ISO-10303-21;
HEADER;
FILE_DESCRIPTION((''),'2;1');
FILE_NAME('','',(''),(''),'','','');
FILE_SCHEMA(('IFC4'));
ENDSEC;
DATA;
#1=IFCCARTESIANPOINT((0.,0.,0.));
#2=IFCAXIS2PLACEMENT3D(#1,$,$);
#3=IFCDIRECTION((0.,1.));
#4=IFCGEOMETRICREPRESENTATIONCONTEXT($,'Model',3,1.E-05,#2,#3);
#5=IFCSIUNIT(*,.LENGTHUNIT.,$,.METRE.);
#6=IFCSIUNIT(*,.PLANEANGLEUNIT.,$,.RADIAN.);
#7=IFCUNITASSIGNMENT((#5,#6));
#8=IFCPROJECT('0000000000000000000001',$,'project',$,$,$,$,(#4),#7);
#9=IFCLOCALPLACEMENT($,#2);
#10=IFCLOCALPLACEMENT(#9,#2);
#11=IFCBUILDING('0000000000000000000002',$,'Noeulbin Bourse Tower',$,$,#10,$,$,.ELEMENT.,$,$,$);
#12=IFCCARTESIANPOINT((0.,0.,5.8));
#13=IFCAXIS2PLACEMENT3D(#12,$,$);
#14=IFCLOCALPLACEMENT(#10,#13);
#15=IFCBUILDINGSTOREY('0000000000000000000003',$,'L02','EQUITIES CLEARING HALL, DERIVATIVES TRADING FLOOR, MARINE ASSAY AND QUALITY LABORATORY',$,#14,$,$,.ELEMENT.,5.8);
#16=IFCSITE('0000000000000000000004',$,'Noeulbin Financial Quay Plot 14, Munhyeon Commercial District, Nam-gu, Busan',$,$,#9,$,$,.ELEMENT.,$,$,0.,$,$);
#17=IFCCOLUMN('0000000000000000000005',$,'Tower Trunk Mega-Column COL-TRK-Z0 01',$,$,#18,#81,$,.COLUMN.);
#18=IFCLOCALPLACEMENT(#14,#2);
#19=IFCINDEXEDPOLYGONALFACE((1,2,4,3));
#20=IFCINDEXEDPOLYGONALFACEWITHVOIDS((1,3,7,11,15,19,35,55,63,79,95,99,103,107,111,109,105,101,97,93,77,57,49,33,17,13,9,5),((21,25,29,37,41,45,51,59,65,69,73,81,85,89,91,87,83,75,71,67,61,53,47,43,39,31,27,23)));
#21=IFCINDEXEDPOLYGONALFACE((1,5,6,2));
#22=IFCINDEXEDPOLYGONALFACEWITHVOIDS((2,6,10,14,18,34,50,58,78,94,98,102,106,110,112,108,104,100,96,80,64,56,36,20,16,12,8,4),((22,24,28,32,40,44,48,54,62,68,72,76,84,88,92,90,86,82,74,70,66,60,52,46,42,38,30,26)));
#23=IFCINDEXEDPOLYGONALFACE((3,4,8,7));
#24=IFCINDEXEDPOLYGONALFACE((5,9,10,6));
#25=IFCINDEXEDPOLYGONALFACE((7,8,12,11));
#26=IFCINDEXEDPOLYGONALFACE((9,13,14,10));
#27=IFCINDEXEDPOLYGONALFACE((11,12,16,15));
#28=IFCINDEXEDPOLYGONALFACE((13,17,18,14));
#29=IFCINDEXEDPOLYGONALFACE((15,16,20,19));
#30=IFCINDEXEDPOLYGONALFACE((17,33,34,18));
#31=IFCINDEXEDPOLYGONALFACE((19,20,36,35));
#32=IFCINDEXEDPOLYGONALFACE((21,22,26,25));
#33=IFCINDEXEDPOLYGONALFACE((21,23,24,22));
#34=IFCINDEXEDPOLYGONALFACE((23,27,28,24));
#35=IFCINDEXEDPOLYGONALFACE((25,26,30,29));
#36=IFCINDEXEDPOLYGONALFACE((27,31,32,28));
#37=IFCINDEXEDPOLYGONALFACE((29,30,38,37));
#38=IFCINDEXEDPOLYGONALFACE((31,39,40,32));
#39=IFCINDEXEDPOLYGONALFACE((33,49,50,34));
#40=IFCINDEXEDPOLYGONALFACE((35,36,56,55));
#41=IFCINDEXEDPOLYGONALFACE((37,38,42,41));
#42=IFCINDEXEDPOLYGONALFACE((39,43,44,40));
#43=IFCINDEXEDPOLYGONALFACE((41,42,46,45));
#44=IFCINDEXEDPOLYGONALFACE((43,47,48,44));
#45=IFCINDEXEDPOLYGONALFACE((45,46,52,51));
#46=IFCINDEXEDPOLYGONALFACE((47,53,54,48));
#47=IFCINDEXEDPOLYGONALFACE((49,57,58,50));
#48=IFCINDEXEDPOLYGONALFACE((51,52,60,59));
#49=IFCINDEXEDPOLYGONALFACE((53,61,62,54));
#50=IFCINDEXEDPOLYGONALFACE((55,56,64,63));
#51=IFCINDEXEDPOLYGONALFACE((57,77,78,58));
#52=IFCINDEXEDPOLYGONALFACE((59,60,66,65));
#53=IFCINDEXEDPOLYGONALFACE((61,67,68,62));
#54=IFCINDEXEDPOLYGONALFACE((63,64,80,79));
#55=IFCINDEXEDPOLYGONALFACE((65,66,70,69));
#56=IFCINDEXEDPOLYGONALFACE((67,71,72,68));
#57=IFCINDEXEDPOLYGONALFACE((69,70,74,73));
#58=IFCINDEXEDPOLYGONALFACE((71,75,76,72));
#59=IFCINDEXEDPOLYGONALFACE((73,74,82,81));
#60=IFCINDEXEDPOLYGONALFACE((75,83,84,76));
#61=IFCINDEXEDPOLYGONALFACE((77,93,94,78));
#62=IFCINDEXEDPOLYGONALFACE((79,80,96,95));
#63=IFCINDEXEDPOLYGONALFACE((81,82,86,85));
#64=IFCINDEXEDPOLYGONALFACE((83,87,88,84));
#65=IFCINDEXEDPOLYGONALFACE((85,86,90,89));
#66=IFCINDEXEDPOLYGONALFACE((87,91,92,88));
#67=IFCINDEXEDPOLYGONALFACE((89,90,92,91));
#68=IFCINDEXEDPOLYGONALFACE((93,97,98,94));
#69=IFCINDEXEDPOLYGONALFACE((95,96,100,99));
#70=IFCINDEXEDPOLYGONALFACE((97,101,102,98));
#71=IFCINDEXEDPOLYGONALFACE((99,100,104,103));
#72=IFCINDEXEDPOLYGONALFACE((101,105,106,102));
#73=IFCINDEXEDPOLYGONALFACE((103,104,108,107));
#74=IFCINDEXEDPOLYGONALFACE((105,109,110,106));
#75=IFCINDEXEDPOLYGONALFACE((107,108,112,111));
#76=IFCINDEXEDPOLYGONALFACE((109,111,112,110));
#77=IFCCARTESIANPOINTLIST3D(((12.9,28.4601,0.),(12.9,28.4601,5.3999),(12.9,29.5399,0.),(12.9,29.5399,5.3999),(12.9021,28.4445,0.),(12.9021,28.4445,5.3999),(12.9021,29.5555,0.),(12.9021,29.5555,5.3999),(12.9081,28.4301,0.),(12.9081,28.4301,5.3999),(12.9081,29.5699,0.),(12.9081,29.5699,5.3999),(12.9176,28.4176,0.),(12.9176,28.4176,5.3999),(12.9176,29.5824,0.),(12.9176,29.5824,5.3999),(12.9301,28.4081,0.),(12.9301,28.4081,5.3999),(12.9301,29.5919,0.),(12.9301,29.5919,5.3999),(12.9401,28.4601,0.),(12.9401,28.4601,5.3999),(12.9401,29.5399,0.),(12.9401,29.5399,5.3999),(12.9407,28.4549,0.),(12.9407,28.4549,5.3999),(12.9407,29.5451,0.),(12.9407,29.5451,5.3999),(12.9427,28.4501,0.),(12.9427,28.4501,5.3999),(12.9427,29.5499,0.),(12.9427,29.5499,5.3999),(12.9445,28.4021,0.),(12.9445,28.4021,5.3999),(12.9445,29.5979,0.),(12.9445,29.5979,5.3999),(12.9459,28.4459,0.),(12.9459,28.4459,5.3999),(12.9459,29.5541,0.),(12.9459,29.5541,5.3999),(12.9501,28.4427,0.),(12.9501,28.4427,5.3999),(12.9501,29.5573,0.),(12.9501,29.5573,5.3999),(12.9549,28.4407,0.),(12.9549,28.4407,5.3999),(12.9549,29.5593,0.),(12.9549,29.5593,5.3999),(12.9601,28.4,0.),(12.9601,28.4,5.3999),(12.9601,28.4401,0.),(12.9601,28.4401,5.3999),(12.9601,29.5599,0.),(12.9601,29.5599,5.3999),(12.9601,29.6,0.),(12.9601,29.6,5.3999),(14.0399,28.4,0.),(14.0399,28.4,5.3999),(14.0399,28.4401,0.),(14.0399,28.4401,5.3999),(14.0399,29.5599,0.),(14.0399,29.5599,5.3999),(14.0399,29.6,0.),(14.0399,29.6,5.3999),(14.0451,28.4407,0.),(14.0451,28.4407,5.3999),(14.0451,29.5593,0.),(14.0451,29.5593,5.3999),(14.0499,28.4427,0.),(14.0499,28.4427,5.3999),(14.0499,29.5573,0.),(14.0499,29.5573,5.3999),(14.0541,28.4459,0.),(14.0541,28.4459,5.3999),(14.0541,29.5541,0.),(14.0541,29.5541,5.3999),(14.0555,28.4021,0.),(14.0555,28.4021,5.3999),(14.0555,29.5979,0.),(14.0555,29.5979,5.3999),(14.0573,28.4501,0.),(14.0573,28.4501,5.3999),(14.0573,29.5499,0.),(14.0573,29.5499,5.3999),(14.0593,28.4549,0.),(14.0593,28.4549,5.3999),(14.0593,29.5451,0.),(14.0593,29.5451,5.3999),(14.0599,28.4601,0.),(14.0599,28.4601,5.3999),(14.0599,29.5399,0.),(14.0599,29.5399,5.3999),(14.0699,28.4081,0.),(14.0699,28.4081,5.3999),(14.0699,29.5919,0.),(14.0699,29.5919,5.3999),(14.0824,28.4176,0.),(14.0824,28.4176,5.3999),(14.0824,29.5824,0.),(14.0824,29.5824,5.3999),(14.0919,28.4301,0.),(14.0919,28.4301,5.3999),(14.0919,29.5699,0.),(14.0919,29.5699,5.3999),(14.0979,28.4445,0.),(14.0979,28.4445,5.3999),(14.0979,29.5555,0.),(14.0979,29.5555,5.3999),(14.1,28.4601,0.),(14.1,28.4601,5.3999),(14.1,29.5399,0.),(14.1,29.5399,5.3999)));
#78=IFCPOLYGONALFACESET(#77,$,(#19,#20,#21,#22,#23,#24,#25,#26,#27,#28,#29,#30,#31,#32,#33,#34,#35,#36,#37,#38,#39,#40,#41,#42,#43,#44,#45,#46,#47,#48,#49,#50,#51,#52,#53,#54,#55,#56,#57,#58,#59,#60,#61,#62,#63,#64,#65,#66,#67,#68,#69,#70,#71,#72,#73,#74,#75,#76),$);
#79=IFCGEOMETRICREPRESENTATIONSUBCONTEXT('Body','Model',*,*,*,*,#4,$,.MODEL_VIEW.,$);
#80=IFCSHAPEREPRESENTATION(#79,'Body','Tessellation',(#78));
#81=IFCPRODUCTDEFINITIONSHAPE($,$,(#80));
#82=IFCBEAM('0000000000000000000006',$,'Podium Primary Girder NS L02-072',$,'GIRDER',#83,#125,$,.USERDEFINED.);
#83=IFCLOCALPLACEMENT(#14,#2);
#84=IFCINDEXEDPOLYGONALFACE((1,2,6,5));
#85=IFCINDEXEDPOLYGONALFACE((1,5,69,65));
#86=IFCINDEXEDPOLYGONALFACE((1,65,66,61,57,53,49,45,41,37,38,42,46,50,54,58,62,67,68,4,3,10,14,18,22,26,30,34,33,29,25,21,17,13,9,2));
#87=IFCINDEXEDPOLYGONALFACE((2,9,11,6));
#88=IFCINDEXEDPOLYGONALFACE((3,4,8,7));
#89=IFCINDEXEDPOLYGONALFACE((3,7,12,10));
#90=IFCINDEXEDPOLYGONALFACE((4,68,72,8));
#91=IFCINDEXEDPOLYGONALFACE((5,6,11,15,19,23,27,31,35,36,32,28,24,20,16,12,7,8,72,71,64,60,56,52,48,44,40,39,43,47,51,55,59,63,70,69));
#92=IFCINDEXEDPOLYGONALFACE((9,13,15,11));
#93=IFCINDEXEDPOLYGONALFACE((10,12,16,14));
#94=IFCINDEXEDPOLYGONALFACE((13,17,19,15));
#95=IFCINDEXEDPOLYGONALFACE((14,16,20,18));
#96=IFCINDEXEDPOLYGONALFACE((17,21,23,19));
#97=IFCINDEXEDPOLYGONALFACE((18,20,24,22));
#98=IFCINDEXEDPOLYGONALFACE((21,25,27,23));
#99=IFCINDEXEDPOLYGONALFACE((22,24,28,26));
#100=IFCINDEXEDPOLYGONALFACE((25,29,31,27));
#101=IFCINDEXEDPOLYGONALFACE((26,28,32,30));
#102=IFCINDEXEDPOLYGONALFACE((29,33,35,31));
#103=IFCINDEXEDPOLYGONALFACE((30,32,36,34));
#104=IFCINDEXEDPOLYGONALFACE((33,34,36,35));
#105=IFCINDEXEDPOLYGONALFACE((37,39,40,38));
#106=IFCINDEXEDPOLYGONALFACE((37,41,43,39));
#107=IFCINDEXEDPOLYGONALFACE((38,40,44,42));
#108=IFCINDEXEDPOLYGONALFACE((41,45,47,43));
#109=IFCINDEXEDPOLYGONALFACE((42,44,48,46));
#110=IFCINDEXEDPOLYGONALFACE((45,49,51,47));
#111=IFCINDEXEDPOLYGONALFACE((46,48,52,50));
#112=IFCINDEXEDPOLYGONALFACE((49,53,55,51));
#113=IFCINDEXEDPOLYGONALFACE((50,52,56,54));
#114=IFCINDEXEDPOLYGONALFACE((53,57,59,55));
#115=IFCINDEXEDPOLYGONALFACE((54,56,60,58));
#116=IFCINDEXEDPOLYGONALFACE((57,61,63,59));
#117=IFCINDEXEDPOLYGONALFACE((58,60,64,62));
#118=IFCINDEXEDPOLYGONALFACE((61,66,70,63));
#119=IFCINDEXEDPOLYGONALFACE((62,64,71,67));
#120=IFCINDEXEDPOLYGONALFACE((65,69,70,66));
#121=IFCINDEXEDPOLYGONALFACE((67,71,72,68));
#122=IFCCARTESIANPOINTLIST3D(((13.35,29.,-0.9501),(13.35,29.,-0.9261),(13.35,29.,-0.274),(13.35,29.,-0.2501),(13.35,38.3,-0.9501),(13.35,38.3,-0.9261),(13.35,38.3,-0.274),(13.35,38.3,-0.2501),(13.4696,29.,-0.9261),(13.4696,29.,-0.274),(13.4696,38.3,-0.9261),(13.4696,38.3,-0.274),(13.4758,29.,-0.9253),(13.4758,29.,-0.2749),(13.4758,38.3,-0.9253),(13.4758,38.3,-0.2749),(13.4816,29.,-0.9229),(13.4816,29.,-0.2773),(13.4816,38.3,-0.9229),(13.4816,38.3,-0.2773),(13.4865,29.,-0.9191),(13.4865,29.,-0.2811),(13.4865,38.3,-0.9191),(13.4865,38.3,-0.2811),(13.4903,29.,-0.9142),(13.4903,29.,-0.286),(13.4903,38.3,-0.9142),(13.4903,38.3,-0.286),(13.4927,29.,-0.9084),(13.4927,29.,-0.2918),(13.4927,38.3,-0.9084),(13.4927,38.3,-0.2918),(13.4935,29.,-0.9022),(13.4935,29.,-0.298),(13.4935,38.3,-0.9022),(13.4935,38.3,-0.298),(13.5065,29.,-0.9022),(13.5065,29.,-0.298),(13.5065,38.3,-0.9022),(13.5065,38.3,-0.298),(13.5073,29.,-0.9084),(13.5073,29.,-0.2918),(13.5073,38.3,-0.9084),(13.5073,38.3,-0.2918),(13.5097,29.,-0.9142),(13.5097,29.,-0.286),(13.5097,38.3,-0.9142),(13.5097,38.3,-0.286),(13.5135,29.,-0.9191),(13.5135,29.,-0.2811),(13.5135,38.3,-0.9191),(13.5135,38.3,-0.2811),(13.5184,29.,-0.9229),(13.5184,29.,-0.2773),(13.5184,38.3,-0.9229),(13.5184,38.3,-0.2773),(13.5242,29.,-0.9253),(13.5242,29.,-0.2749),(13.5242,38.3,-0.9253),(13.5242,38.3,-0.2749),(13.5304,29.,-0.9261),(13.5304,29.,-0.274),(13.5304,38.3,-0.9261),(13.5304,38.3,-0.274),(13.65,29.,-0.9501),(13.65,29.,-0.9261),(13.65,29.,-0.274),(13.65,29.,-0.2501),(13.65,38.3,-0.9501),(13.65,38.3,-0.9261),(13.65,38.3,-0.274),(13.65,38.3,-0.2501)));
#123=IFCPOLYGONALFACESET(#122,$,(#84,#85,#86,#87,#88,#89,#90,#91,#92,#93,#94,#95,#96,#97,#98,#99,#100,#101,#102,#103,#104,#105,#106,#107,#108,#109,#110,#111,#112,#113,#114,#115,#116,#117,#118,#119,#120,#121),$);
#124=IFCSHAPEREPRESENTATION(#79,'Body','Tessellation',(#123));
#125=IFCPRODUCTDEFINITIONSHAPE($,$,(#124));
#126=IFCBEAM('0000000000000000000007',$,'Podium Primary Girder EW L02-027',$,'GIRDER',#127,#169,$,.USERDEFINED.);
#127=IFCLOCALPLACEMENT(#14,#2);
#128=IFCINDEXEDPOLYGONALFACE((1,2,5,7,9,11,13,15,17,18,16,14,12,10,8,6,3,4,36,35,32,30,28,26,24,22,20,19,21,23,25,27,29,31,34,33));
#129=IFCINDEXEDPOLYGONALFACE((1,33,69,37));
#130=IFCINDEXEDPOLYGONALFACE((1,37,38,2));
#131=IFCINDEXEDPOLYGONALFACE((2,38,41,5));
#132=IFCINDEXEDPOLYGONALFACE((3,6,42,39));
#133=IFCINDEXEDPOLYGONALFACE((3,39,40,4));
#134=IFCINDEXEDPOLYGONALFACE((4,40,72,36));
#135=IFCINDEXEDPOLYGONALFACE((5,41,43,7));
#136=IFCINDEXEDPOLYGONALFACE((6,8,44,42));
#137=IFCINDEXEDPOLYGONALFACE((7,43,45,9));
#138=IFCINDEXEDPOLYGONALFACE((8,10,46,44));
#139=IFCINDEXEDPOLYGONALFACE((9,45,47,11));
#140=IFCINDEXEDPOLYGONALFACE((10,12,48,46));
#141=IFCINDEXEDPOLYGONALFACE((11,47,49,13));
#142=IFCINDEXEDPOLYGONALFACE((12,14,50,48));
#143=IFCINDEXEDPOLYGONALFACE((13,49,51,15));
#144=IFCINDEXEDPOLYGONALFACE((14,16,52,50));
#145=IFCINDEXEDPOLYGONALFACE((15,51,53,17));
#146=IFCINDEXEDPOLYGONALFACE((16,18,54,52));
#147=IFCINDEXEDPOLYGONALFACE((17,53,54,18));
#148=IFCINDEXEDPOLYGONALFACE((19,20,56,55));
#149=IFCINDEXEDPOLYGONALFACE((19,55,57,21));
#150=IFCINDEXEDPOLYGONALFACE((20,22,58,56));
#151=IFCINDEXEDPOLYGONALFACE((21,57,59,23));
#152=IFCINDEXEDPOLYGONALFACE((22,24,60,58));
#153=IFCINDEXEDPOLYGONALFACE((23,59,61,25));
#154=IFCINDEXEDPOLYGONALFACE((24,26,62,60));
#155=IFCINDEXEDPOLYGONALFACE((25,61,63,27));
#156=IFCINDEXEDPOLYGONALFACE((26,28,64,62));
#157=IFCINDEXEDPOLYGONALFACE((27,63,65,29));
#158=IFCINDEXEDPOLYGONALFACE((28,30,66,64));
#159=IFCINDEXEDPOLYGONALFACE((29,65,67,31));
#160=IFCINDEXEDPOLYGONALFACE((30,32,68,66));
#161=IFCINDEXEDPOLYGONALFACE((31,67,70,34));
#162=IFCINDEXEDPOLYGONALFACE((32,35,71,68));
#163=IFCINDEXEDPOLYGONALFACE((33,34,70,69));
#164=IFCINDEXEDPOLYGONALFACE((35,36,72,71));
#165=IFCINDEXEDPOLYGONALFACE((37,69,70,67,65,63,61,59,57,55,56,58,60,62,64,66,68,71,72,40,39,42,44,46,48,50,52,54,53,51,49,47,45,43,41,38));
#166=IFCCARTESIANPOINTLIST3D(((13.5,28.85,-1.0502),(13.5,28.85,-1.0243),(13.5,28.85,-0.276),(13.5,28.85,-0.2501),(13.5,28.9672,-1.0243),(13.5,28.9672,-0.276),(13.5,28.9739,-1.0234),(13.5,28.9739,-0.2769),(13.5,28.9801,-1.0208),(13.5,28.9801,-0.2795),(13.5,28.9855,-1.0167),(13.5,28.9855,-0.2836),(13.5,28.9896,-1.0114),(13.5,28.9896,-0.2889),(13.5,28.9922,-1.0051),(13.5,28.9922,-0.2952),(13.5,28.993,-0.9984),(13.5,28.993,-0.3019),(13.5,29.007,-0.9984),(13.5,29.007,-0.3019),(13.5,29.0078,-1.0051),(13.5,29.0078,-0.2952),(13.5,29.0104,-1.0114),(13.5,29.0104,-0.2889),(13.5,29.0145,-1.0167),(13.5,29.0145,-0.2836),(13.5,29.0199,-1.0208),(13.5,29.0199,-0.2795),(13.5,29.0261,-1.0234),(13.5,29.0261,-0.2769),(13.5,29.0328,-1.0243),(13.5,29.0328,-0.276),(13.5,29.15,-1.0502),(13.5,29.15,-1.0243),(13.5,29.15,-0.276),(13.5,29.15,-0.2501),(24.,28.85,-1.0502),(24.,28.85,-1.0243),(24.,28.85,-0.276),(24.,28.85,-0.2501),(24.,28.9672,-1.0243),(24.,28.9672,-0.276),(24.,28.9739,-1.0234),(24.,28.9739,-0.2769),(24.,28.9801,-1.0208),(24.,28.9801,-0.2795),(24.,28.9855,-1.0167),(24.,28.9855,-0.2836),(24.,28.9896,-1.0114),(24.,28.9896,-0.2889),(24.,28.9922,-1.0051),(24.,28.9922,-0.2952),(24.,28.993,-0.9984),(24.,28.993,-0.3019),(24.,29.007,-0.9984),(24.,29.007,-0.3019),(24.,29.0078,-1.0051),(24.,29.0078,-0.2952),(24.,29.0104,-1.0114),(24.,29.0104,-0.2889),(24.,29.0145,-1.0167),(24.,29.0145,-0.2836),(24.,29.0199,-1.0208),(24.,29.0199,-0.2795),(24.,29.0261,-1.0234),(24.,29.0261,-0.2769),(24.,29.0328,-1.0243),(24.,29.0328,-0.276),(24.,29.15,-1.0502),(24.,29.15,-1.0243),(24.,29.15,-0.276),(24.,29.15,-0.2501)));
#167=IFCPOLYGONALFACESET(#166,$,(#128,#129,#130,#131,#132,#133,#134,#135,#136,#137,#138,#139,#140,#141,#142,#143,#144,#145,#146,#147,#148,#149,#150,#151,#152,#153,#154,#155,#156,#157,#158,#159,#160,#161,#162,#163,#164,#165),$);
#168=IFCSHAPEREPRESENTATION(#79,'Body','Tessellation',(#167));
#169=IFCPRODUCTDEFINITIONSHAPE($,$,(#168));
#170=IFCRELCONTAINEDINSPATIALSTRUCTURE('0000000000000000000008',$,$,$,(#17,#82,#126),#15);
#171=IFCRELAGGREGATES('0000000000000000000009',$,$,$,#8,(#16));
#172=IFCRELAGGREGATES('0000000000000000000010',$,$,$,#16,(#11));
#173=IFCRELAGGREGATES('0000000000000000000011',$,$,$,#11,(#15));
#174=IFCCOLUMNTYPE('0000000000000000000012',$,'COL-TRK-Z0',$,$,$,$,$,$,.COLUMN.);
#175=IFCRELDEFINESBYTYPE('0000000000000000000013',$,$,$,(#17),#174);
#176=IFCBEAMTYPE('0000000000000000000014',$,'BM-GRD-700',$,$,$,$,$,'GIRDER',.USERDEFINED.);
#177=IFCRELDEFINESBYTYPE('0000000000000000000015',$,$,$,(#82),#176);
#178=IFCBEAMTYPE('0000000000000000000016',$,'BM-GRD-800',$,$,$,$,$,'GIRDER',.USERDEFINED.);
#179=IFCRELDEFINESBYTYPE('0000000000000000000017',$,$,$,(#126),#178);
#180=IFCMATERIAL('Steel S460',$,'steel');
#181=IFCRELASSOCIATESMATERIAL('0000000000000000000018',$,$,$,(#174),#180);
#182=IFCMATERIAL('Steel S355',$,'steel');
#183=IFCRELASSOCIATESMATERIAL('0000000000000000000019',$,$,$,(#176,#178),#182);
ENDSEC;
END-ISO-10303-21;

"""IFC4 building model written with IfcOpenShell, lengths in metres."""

from ifc_helpers import new_model, si_unit, direction, frame, origin, origin_2d, place, context, subcontext, project, spatial, hollow_rectangle, i_section, extrude, material, material_profile, profile_set, type_object, element, save


model = new_model("IFC4")

# Units and contexts
model_context = context("Model", 3, precision=1e-05, world=origin(), true_north=direction((0.0, 1.0)))
body_context = subcontext(model_context, "Body", "Model", "MODEL_VIEW")
ifc_project = project(units=[si_unit("LENGTHUNIT", "METRE"), si_unit("PLANEANGLEUNIT", "RADIAN")], contexts=[model_context])

# Site, building, storey
site_placement = place(None, origin())
site = spatial("IfcSite", under=ifc_project, at=site_placement, Name="Noeulbin Financial Quay Plot 14, Munhyeon Commercial District, Nam-gu, Busan", CompositionType="ELEMENT", RefElevation=0.0)
building_placement = place(site_placement, origin())
building = spatial("IfcBuilding", under=site, at=building_placement, Name="Noeulbin Bourse Tower", CompositionType="ELEMENT")
storey_placement = place(building_placement, frame((0.0, 0.0, 5.8)))
storey = spatial("IfcBuildingStorey", under=building, at=storey_placement, Name="L02", Description="EQUITIES CLEARING HALL, DERIVATIVES TRADING FLOOR, MARINE ASSAY AND QUALITY LABORATORY", CompositionType="ELEMENT", Elevation=5.8)

# Column
ifc_material_1 = material(Name="Steel S460", Category="steel")
ifc_material_profile_1 = material_profile(ifc_material_1, hollow_rectangle(XDim=1.2, YDim=1.2, WallThickness=0.04, InnerFilletRadius=0.02, OuterFilletRadius=0.0601, at=origin_2d()), Name="BOX-1200x1200x40", Category="LoadBearing")
ifc_profile_set_1 = profile_set([ifc_material_profile_1], Name="Steel S460")
column_type = type_object("IfcColumnType", Name="COL-TRK-Z0", PredefinedType="COLUMN", material=ifc_profile_set_1)
column_placement = place(storey_placement, frame((13.5, 29.0, 0.0), z_axis=(0.0, 0.0, 1.0), x_axis=(1.0, 0.0, 0.0)))
element("IfcColumn", 1, at=column_placement, inside=storey, type_object=column_type, Name="Tower Trunk Mega-Column COL-TRK-Z0 01", PredefinedType="COLUMN", context=body_context, shape_type="SweptSolid", body=[
    extrude(hollow_rectangle(XDim=1.2, YDim=1.2, WallThickness=0.04, InnerFilletRadius=0.02, OuterFilletRadius=0.0601, at=origin_2d()), origin(), (0.0, 0.0, 1.0), 5.3999),
])

# Beams
ifc_material_2 = material(Name="Steel S355", Category="steel")
ifc_material_profile_2 = material_profile(ifc_material_2, i_section(OverallWidth=0.3, OverallDepth=0.7, WebThickness=0.0129, FlangeThickness=0.0239, FilletRadius=0.0239, at=origin_2d()), Name="H-700x300x13x24", Category="LoadBearing")
ifc_profile_set_2 = profile_set([ifc_material_profile_2], Name="Steel S355")
beam_type_1 = type_object("IfcBeamType", Name="BM-GRD-700", ElementType="GIRDER", PredefinedType="USERDEFINED", material=ifc_profile_set_2)
beam_1_placement = place(storey_placement, frame((13.5, 29.0, -0.6001), z_axis=(0.0, 1.0, 0.0), x_axis=(-1.0, 0.0, 0.0)))
element("IfcBeam", 2, at=beam_1_placement, inside=storey, type_object=beam_type_1, Name="Podium Primary Girder NS L02-072", ObjectType="GIRDER", PredefinedType="USERDEFINED", context=body_context, shape_type="SweptSolid", body=[
    extrude(i_section(OverallWidth=0.3, OverallDepth=0.7, WebThickness=0.0129, FlangeThickness=0.0239, FilletRadius=0.0239, at=origin_2d()), origin(), (0.0, 0.0, 1.0), 9.3),
])
ifc_material_profile_3 = material_profile(ifc_material_2, i_section(OverallWidth=0.3, OverallDepth=0.8, WebThickness=0.0139, FlangeThickness=0.0259, FilletRadius=0.0259, at=origin_2d()), Name="H-800x300x14x26", Category="LoadBearing")
ifc_profile_set_3 = profile_set([ifc_material_profile_3], Name="Steel S355")
beam_type_2 = type_object("IfcBeamType", Name="BM-GRD-800", ElementType="GIRDER", PredefinedType="USERDEFINED", material=ifc_profile_set_3)
beam_2_placement = place(storey_placement, frame((13.5, 29.0, -0.6501), z_axis=(1.0, 0.0, 0.0), x_axis=(0.0, 1.0, 0.0)))
element("IfcBeam", 3, at=beam_2_placement, inside=storey, type_object=beam_type_2, Name="Podium Primary Girder EW L02-027", ObjectType="GIRDER", PredefinedType="USERDEFINED", context=body_context, shape_type="SweptSolid", body=[
    extrude(i_section(OverallWidth=0.3, OverallDepth=0.8, WebThickness=0.0139, FlangeThickness=0.0259, FilletRadius=0.0259, at=origin_2d()), origin(), (0.0, 0.0, 1.0), 10.5),
])

save(model, "model.ifc")
